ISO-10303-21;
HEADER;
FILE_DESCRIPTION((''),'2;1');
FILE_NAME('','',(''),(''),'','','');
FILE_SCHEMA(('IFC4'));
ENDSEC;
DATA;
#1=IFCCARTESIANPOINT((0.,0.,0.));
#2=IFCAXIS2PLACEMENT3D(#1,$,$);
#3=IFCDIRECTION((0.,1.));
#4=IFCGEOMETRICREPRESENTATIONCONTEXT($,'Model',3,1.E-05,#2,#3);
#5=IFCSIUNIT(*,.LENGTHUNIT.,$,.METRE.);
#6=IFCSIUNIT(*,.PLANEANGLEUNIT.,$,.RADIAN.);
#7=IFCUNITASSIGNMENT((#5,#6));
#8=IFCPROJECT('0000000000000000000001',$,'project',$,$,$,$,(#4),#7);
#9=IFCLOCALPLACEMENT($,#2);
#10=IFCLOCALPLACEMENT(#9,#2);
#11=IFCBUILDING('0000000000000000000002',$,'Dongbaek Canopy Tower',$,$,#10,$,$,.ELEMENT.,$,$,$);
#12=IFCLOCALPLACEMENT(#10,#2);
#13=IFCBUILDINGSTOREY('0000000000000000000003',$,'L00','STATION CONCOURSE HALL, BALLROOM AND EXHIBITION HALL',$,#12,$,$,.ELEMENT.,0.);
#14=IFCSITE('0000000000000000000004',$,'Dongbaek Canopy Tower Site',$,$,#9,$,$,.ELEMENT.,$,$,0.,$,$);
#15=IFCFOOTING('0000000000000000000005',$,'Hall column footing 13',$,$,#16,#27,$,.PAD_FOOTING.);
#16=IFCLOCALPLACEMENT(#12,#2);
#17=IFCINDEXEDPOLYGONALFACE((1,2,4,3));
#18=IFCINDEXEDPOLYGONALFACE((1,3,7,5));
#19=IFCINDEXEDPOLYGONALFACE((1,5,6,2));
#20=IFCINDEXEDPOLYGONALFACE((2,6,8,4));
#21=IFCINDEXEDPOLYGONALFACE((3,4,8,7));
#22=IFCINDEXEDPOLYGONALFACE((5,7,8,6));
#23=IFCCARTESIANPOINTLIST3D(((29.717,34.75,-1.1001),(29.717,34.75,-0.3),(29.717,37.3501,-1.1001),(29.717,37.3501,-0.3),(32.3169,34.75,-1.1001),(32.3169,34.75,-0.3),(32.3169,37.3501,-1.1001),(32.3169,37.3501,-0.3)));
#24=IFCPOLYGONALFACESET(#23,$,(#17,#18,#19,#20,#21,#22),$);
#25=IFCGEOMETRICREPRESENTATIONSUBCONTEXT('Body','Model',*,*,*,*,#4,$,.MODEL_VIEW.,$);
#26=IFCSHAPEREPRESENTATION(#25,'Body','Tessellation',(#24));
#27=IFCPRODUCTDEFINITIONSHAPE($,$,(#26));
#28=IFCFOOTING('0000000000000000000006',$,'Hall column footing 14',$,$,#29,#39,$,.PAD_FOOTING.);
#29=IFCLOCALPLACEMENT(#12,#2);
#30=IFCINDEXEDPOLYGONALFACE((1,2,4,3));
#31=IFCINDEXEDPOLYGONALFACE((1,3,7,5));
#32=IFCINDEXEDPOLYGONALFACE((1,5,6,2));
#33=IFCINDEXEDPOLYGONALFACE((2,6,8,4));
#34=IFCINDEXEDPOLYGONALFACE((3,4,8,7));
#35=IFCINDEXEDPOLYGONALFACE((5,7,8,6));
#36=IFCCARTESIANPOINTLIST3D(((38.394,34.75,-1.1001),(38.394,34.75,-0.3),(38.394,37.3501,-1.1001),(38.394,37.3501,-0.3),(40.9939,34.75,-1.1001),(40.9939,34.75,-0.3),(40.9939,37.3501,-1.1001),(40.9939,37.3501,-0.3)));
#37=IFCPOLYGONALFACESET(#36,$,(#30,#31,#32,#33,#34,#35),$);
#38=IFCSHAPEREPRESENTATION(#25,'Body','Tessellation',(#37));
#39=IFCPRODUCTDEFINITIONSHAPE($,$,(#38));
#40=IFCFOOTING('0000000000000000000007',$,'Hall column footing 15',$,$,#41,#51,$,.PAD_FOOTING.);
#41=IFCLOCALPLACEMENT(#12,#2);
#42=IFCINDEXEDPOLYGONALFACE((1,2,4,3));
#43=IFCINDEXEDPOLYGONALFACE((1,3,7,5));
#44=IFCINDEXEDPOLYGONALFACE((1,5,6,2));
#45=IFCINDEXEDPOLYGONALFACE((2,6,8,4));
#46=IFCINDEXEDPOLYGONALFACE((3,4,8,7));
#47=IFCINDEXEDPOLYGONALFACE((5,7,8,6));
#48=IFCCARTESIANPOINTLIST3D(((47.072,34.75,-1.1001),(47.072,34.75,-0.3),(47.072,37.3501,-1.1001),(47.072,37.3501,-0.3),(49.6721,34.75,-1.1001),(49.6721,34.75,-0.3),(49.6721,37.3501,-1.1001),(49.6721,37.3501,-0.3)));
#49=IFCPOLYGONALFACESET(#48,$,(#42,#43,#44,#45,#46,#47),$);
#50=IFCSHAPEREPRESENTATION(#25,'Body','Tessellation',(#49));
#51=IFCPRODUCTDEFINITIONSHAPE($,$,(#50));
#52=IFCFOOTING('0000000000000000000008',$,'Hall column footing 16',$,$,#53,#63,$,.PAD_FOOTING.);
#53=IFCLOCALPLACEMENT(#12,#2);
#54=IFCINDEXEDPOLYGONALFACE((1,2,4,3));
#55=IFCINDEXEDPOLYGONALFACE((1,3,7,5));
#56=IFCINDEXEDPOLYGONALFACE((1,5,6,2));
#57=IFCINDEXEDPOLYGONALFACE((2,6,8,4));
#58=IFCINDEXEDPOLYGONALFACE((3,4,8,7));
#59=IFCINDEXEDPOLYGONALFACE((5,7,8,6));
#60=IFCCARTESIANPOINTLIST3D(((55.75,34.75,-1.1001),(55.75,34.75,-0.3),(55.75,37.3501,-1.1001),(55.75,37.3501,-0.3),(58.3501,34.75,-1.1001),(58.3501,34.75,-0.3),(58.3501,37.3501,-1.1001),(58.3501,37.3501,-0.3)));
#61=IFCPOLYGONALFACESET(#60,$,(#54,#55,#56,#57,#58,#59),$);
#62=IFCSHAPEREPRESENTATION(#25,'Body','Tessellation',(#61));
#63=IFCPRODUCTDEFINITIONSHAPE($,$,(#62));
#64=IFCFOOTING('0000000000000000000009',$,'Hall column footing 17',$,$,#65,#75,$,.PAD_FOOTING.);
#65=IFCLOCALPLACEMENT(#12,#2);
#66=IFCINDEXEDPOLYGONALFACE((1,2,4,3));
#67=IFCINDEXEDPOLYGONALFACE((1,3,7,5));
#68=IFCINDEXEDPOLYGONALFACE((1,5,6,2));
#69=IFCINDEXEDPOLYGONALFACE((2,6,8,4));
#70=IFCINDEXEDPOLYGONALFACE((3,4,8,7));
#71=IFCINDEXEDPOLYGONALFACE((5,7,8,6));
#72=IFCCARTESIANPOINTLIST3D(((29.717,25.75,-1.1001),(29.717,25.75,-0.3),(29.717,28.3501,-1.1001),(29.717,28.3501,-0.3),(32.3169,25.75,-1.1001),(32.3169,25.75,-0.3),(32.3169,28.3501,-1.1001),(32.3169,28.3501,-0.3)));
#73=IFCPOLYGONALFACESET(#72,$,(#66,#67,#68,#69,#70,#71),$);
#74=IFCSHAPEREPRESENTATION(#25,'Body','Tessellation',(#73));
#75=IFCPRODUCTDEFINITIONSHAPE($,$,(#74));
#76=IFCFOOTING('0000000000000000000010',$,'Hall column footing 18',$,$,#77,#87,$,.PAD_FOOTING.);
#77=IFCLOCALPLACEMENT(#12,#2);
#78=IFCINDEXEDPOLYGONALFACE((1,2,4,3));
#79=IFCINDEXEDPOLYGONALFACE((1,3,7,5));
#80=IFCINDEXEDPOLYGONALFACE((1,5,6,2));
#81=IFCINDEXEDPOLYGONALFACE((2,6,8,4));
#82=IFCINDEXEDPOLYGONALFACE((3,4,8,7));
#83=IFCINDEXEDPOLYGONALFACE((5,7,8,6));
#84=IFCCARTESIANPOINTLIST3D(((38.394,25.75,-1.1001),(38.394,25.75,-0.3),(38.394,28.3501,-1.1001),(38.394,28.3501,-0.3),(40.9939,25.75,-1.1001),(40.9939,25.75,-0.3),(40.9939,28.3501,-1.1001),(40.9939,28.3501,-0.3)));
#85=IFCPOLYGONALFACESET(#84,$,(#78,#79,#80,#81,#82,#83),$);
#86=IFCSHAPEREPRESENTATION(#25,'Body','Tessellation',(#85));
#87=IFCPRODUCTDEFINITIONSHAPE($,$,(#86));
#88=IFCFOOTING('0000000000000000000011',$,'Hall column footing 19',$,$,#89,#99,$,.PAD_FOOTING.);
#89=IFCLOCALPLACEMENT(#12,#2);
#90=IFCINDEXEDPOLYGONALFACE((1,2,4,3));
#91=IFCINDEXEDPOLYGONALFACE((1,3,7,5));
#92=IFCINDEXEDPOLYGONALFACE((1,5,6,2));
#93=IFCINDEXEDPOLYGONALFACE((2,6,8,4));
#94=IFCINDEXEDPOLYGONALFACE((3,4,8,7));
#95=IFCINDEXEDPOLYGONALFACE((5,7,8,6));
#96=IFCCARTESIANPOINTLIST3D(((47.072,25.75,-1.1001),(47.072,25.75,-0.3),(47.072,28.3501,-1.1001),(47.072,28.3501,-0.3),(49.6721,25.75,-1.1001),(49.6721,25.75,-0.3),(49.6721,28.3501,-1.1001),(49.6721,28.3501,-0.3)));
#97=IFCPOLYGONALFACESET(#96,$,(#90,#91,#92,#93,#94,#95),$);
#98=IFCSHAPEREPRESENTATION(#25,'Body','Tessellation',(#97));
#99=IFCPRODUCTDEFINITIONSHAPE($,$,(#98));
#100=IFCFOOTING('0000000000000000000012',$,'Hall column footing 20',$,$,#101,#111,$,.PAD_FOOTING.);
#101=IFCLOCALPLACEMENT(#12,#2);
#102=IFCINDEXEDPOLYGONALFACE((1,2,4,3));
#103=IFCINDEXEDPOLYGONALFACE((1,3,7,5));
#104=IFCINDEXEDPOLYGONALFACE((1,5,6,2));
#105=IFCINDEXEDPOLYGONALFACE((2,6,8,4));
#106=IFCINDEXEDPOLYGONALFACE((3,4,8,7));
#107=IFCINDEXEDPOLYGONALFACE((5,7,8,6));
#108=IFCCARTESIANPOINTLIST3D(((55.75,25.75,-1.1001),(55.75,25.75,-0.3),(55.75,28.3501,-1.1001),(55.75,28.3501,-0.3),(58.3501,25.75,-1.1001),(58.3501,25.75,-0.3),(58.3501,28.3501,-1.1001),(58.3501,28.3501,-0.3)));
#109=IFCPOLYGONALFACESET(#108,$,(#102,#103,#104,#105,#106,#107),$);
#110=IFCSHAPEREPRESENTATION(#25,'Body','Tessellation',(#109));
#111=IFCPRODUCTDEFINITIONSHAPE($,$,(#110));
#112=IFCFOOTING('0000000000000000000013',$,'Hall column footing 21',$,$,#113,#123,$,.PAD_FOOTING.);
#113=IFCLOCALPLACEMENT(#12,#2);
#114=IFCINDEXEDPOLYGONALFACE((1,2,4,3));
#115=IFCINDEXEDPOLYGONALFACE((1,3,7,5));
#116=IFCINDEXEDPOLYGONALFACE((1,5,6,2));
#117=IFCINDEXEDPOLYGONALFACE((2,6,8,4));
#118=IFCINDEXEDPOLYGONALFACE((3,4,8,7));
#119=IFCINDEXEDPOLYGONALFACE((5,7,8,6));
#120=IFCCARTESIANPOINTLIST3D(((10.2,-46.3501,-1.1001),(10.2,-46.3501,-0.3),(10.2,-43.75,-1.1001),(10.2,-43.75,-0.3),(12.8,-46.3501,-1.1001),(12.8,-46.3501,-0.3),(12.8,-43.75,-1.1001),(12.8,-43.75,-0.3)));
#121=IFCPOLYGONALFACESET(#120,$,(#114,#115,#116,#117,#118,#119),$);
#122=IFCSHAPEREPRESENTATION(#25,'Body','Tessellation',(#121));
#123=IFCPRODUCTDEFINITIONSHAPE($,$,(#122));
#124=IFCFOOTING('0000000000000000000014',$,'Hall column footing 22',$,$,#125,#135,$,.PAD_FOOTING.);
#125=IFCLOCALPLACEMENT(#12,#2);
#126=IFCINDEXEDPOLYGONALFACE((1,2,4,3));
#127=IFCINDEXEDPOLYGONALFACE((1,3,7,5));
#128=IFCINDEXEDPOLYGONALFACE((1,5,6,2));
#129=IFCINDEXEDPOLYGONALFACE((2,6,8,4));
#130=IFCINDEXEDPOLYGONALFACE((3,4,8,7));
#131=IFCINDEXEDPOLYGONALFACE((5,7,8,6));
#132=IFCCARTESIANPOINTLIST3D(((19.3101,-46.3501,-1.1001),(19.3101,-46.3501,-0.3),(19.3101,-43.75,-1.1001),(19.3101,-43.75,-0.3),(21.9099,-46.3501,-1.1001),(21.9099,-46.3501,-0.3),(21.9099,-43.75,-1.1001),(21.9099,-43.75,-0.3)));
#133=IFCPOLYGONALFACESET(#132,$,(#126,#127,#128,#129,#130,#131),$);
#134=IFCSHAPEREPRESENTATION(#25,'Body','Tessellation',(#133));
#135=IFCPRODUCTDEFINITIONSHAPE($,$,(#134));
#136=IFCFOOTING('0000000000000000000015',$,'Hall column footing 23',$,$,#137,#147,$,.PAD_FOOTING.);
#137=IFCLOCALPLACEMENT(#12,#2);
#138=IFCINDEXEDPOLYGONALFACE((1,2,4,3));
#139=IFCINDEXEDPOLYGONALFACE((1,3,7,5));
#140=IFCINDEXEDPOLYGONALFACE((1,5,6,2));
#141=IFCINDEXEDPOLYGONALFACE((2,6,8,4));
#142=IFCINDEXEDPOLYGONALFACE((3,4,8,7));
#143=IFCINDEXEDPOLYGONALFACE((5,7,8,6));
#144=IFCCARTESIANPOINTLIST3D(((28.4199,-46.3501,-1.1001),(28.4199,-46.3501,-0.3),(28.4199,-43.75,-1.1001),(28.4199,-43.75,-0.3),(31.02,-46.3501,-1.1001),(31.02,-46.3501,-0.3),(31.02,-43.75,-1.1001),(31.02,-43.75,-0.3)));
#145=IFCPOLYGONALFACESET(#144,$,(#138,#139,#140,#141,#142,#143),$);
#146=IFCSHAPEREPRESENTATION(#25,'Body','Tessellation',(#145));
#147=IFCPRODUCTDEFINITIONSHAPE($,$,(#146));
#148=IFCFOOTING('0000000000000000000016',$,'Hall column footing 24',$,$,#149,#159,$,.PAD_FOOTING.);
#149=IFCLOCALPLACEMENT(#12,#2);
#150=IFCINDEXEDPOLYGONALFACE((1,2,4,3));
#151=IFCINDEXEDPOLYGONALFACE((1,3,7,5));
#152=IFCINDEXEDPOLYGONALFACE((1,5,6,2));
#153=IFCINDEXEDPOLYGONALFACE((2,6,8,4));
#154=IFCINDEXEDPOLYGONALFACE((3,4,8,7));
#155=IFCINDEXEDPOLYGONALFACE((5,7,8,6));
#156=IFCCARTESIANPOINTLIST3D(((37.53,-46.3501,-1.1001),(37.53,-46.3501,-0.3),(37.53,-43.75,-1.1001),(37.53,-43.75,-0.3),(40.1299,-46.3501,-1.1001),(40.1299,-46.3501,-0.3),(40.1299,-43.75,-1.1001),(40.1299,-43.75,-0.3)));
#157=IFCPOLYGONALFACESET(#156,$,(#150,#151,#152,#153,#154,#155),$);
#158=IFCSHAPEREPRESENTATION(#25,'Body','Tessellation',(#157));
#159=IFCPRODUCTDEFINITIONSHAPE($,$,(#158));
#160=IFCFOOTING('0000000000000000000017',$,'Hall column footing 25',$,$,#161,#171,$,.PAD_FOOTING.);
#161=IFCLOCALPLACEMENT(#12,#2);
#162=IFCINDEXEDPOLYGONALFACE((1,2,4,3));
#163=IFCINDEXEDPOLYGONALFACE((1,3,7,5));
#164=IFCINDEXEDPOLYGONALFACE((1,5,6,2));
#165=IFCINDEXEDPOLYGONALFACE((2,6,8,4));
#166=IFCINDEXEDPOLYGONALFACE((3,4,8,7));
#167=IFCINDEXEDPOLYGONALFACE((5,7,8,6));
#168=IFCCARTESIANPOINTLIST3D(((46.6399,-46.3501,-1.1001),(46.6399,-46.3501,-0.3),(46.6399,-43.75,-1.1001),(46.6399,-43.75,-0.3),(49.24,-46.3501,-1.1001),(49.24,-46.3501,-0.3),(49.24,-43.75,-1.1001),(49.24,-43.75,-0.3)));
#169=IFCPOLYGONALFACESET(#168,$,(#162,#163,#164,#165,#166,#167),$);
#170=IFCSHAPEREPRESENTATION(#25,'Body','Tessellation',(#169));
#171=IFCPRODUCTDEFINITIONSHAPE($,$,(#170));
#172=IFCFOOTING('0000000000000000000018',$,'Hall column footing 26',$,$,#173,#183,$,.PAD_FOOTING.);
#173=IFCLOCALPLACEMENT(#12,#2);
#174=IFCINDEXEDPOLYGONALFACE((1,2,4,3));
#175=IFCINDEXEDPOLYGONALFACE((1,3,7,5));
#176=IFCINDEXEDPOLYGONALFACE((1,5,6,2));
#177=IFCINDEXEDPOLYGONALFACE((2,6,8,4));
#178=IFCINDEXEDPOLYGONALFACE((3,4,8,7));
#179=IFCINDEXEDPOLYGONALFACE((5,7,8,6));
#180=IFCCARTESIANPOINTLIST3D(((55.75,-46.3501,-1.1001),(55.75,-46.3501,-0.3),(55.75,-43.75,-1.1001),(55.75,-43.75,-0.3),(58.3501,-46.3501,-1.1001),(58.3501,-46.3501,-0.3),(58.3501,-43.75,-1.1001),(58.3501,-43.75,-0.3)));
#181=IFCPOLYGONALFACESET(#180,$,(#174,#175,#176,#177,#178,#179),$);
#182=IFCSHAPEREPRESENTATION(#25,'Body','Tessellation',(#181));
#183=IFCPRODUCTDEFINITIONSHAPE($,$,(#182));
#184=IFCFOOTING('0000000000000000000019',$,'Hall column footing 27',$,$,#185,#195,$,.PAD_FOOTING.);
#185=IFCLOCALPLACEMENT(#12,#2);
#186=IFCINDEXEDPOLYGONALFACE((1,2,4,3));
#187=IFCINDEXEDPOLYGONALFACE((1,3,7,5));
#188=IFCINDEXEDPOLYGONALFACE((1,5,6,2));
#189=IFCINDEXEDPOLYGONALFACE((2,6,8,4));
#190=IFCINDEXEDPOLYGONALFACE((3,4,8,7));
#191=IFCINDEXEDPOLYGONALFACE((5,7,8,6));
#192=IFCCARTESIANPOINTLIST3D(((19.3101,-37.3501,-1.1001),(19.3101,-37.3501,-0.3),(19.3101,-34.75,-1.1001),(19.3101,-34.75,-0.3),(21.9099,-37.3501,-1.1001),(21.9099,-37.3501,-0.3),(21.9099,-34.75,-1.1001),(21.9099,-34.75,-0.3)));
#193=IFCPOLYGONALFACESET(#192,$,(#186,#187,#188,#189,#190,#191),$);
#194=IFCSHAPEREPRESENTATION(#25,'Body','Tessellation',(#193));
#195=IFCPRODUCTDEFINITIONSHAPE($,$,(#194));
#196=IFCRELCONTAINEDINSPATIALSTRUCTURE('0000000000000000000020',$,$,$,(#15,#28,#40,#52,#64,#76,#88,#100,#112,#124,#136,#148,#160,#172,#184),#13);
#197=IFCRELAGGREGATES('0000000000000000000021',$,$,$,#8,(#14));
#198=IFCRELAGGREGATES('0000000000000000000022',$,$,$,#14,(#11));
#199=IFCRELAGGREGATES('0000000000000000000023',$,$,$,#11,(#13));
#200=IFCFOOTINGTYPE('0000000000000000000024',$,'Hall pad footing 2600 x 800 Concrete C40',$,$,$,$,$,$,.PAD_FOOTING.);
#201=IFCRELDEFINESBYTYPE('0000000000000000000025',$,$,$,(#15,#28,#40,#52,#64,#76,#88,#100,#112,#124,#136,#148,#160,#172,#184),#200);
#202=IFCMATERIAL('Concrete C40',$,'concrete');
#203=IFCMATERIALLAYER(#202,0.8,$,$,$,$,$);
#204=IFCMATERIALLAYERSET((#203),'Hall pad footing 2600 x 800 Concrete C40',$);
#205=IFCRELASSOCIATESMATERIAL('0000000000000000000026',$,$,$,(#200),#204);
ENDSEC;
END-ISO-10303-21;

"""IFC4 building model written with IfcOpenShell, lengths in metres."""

from ifc_helpers import new_model, si_unit, direction, frame, origin, place, context, subcontext, project, spatial, polyline, outline, extrude, material, layer, layer_set, type_object, element, save


model = new_model("IFC4")

# Units and contexts
model_context = context("Model", 3, precision=1e-05, world=origin(), true_north=direction((0.0, 1.0)))
body_context = subcontext(model_context, "Body", "Model", "MODEL_VIEW")
ifc_project = project(units=[si_unit("LENGTHUNIT", "METRE"), si_unit("PLANEANGLEUNIT", "RADIAN")], contexts=[model_context])

# Site, building, storey
site_placement = place(None, origin())
site = spatial("IfcSite", under=ifc_project, at=site_placement, Name="Dongbaek Canopy Tower Site", CompositionType="ELEMENT", RefElevation=0.0)
building_placement = place(site_placement, origin())
building = spatial("IfcBuilding", under=site, at=building_placement, Name="Dongbaek Canopy Tower", CompositionType="ELEMENT")
storey_placement = place(building_placement, origin())
storey = spatial("IfcBuildingStorey", under=building, at=storey_placement, Name="L00", Description="STATION CONCOURSE HALL, BALLROOM AND EXHIBITION HALL", CompositionType="ELEMENT", Elevation=0.0)

# Footings
ifc_material = material(Name="Concrete C40", Category="concrete")
ifc_layer = layer(ifc_material, 0.8)
ifc_layer_set = layer_set([ifc_layer], Name="Hall pad footing 2600 x 800 Concrete C40")
footing_type = type_object("IfcFootingType", Name="Hall pad footing 2600 x 800 Concrete C40", PredefinedType="PAD_FOOTING", material=ifc_layer_set)
footing_1_placement = place(storey_placement, frame((0.0, 0.0, -1.1001)))
element("IfcFooting", 1, at=footing_1_placement, inside=storey, type_object=footing_type, Name="Hall column footing 13", PredefinedType="PAD_FOOTING", context=body_context, shape_type="SweptSolid", body=[
    extrude(outline(polyline([(29.717, 34.75), (32.3169, 34.75), (32.3169, 37.3501), (29.717, 37.3501), (29.717, 34.75)])), origin(), (0.0, 0.0, 1.0), 0.8),
])
footing_2_placement = place(storey_placement, frame((0.0, 0.0, -1.1001)))
element("IfcFooting", 2, at=footing_2_placement, inside=storey, type_object=footing_type, Name="Hall column footing 14", PredefinedType="PAD_FOOTING", context=body_context, shape_type="SweptSolid", body=[
    extrude(outline(polyline([(38.394, 34.75), (40.9939, 34.75), (40.9939, 37.3501), (38.394, 37.3501), (38.394, 34.75)])), origin(), (0.0, 0.0, 1.0), 0.8),
])
footing_3_placement = place(storey_placement, frame((0.0, 0.0, -1.1001)))
element("IfcFooting", 3, at=footing_3_placement, inside=storey, type_object=footing_type, Name="Hall column footing 15", PredefinedType="PAD_FOOTING", context=body_context, shape_type="SweptSolid", body=[
    extrude(outline(polyline([(47.072, 34.75), (49.6721, 34.75), (49.6721, 37.3501), (47.072, 37.3501), (47.072, 34.75)])), origin(), (0.0, 0.0, 1.0), 0.8),
])
footing_4_placement = place(storey_placement, frame((0.0, 0.0, -1.1001)))
element("IfcFooting", 4, at=footing_4_placement, inside=storey, type_object=footing_type, Name="Hall column footing 16", PredefinedType="PAD_FOOTING", context=body_context, shape_type="SweptSolid", body=[
    extrude(outline(polyline([(55.75, 34.75), (58.3501, 34.75), (58.3501, 37.3501), (55.75, 37.3501), (55.75, 34.75)])), origin(), (0.0, 0.0, 1.0), 0.8),
])
footing_5_placement = place(storey_placement, frame((0.0, 0.0, -1.1001)))
element("IfcFooting", 5, at=footing_5_placement, inside=storey, type_object=footing_type, Name="Hall column footing 17", PredefinedType="PAD_FOOTING", context=body_context, shape_type="SweptSolid", body=[
    extrude(outline(polyline([(29.717, 25.75), (32.3169, 25.75), (32.3169, 28.3501), (29.717, 28.3501), (29.717, 25.75)])), origin(), (0.0, 0.0, 1.0), 0.8),
])
footing_6_placement = place(storey_placement, frame((0.0, 0.0, -1.1001)))
element("IfcFooting", 6, at=footing_6_placement, inside=storey, type_object=footing_type, Name="Hall column footing 18", PredefinedType="PAD_FOOTING", context=body_context, shape_type="SweptSolid", body=[
    extrude(outline(polyline([(38.394, 25.75), (40.9939, 25.75), (40.9939, 28.3501), (38.394, 28.3501), (38.394, 25.75)])), origin(), (0.0, 0.0, 1.0), 0.8),
])
footing_7_placement = place(storey_placement, frame((0.0, 0.0, -1.1001)))
element("IfcFooting", 7, at=footing_7_placement, inside=storey, type_object=footing_type, Name="Hall column footing 19", PredefinedType="PAD_FOOTING", context=body_context, shape_type="SweptSolid", body=[
    extrude(outline(polyline([(47.072, 25.75), (49.6721, 25.75), (49.6721, 28.3501), (47.072, 28.3501), (47.072, 25.75)])), origin(), (0.0, 0.0, 1.0), 0.8),
])
footing_8_placement = place(storey_placement, frame((0.0, 0.0, -1.1001)))
element("IfcFooting", 8, at=footing_8_placement, inside=storey, type_object=footing_type, Name="Hall column footing 20", PredefinedType="PAD_FOOTING", context=body_context, shape_type="SweptSolid", body=[
    extrude(outline(polyline([(55.75, 25.75), (58.3501, 25.75), (58.3501, 28.3501), (55.75, 28.3501), (55.75, 25.75)])), origin(), (0.0, 0.0, 1.0), 0.8),
])
footing_9_placement = place(storey_placement, frame((0.0, 0.0, -1.1001)))
element("IfcFooting", 9, at=footing_9_placement, inside=storey, type_object=footing_type, Name="Hall column footing 21", PredefinedType="PAD_FOOTING", context=body_context, shape_type="SweptSolid", body=[
    extrude(outline(polyline([(10.2, -46.3501), (12.8, -46.3501), (12.8, -43.75), (10.2, -43.75), (10.2, -46.3501)])), origin(), (0.0, 0.0, 1.0), 0.8),
])
footing_10_placement = place(storey_placement, frame((0.0, 0.0, -1.1001)))
element("IfcFooting", 10, at=footing_10_placement, inside=storey, type_object=footing_type, Name="Hall column footing 22", PredefinedType="PAD_FOOTING", context=body_context, shape_type="SweptSolid", body=[
    extrude(outline(polyline([(19.3101, -46.3501), (21.9099, -46.3501), (21.9099, -43.75), (19.3101, -43.75), (19.3101, -46.3501)])), origin(), (0.0, 0.0, 1.0), 0.8),
])
footing_11_placement = place(storey_placement, frame((0.0, 0.0, -1.1001)))
element("IfcFooting", 11, at=footing_11_placement, inside=storey, type_object=footing_type, Name="Hall column footing 23", PredefinedType="PAD_FOOTING", context=body_context, shape_type="SweptSolid", body=[
    extrude(outline(polyline([(28.4199, -46.3501), (31.02, -46.3501), (31.02, -43.75), (28.4199, -43.75), (28.4199, -46.3501)])), origin(), (0.0, 0.0, 1.0), 0.8),
])
footing_12_placement = place(storey_placement, frame((0.0, 0.0, -1.1001)))
element("IfcFooting", 12, at=footing_12_placement, inside=storey, type_object=footing_type, Name="Hall column footing 24", PredefinedType="PAD_FOOTING", context=body_context, shape_type="SweptSolid", body=[
    extrude(outline(polyline([(37.53, -46.3501), (40.1299, -46.3501), (40.1299, -43.75), (37.53, -43.75), (37.53, -46.3501)])), origin(), (0.0, 0.0, 1.0), 0.8),
])
footing_13_placement = place(storey_placement, frame((0.0, 0.0, -1.1001)))
element("IfcFooting", 13, at=footing_13_placement, inside=storey, type_object=footing_type, Name="Hall column footing 25", PredefinedType="PAD_FOOTING", context=body_context, shape_type="SweptSolid", body=[
    extrude(outline(polyline([(46.6399, -46.3501), (49.24, -46.3501), (49.24, -43.75), (46.6399, -43.75), (46.6399, -46.3501)])), origin(), (0.0, 0.0, 1.0), 0.8),
])
footing_14_placement = place(storey_placement, frame((0.0, 0.0, -1.1001)))
element("IfcFooting", 14, at=footing_14_placement, inside=storey, type_object=footing_type, Name="Hall column footing 26", PredefinedType="PAD_FOOTING", context=body_context, shape_type="SweptSolid", body=[
    extrude(outline(polyline([(55.75, -46.3501), (58.3501, -46.3501), (58.3501, -43.75), (55.75, -43.75), (55.75, -46.3501)])), origin(), (0.0, 0.0, 1.0), 0.8),
])
footing_15_placement = place(storey_placement, frame((0.0, 0.0, -1.1001)))
element("IfcFooting", 15, at=footing_15_placement, inside=storey, type_object=footing_type, Name="Hall column footing 27", PredefinedType="PAD_FOOTING", context=body_context, shape_type="SweptSolid", body=[
    extrude(outline(polyline([(19.3101, -37.3501), (21.9099, -37.3501), (21.9099, -34.75), (19.3101, -34.75), (19.3101, -37.3501)])), origin(), (0.0, 0.0, 1.0), 0.8),
])

save(model, "model.ifc")
